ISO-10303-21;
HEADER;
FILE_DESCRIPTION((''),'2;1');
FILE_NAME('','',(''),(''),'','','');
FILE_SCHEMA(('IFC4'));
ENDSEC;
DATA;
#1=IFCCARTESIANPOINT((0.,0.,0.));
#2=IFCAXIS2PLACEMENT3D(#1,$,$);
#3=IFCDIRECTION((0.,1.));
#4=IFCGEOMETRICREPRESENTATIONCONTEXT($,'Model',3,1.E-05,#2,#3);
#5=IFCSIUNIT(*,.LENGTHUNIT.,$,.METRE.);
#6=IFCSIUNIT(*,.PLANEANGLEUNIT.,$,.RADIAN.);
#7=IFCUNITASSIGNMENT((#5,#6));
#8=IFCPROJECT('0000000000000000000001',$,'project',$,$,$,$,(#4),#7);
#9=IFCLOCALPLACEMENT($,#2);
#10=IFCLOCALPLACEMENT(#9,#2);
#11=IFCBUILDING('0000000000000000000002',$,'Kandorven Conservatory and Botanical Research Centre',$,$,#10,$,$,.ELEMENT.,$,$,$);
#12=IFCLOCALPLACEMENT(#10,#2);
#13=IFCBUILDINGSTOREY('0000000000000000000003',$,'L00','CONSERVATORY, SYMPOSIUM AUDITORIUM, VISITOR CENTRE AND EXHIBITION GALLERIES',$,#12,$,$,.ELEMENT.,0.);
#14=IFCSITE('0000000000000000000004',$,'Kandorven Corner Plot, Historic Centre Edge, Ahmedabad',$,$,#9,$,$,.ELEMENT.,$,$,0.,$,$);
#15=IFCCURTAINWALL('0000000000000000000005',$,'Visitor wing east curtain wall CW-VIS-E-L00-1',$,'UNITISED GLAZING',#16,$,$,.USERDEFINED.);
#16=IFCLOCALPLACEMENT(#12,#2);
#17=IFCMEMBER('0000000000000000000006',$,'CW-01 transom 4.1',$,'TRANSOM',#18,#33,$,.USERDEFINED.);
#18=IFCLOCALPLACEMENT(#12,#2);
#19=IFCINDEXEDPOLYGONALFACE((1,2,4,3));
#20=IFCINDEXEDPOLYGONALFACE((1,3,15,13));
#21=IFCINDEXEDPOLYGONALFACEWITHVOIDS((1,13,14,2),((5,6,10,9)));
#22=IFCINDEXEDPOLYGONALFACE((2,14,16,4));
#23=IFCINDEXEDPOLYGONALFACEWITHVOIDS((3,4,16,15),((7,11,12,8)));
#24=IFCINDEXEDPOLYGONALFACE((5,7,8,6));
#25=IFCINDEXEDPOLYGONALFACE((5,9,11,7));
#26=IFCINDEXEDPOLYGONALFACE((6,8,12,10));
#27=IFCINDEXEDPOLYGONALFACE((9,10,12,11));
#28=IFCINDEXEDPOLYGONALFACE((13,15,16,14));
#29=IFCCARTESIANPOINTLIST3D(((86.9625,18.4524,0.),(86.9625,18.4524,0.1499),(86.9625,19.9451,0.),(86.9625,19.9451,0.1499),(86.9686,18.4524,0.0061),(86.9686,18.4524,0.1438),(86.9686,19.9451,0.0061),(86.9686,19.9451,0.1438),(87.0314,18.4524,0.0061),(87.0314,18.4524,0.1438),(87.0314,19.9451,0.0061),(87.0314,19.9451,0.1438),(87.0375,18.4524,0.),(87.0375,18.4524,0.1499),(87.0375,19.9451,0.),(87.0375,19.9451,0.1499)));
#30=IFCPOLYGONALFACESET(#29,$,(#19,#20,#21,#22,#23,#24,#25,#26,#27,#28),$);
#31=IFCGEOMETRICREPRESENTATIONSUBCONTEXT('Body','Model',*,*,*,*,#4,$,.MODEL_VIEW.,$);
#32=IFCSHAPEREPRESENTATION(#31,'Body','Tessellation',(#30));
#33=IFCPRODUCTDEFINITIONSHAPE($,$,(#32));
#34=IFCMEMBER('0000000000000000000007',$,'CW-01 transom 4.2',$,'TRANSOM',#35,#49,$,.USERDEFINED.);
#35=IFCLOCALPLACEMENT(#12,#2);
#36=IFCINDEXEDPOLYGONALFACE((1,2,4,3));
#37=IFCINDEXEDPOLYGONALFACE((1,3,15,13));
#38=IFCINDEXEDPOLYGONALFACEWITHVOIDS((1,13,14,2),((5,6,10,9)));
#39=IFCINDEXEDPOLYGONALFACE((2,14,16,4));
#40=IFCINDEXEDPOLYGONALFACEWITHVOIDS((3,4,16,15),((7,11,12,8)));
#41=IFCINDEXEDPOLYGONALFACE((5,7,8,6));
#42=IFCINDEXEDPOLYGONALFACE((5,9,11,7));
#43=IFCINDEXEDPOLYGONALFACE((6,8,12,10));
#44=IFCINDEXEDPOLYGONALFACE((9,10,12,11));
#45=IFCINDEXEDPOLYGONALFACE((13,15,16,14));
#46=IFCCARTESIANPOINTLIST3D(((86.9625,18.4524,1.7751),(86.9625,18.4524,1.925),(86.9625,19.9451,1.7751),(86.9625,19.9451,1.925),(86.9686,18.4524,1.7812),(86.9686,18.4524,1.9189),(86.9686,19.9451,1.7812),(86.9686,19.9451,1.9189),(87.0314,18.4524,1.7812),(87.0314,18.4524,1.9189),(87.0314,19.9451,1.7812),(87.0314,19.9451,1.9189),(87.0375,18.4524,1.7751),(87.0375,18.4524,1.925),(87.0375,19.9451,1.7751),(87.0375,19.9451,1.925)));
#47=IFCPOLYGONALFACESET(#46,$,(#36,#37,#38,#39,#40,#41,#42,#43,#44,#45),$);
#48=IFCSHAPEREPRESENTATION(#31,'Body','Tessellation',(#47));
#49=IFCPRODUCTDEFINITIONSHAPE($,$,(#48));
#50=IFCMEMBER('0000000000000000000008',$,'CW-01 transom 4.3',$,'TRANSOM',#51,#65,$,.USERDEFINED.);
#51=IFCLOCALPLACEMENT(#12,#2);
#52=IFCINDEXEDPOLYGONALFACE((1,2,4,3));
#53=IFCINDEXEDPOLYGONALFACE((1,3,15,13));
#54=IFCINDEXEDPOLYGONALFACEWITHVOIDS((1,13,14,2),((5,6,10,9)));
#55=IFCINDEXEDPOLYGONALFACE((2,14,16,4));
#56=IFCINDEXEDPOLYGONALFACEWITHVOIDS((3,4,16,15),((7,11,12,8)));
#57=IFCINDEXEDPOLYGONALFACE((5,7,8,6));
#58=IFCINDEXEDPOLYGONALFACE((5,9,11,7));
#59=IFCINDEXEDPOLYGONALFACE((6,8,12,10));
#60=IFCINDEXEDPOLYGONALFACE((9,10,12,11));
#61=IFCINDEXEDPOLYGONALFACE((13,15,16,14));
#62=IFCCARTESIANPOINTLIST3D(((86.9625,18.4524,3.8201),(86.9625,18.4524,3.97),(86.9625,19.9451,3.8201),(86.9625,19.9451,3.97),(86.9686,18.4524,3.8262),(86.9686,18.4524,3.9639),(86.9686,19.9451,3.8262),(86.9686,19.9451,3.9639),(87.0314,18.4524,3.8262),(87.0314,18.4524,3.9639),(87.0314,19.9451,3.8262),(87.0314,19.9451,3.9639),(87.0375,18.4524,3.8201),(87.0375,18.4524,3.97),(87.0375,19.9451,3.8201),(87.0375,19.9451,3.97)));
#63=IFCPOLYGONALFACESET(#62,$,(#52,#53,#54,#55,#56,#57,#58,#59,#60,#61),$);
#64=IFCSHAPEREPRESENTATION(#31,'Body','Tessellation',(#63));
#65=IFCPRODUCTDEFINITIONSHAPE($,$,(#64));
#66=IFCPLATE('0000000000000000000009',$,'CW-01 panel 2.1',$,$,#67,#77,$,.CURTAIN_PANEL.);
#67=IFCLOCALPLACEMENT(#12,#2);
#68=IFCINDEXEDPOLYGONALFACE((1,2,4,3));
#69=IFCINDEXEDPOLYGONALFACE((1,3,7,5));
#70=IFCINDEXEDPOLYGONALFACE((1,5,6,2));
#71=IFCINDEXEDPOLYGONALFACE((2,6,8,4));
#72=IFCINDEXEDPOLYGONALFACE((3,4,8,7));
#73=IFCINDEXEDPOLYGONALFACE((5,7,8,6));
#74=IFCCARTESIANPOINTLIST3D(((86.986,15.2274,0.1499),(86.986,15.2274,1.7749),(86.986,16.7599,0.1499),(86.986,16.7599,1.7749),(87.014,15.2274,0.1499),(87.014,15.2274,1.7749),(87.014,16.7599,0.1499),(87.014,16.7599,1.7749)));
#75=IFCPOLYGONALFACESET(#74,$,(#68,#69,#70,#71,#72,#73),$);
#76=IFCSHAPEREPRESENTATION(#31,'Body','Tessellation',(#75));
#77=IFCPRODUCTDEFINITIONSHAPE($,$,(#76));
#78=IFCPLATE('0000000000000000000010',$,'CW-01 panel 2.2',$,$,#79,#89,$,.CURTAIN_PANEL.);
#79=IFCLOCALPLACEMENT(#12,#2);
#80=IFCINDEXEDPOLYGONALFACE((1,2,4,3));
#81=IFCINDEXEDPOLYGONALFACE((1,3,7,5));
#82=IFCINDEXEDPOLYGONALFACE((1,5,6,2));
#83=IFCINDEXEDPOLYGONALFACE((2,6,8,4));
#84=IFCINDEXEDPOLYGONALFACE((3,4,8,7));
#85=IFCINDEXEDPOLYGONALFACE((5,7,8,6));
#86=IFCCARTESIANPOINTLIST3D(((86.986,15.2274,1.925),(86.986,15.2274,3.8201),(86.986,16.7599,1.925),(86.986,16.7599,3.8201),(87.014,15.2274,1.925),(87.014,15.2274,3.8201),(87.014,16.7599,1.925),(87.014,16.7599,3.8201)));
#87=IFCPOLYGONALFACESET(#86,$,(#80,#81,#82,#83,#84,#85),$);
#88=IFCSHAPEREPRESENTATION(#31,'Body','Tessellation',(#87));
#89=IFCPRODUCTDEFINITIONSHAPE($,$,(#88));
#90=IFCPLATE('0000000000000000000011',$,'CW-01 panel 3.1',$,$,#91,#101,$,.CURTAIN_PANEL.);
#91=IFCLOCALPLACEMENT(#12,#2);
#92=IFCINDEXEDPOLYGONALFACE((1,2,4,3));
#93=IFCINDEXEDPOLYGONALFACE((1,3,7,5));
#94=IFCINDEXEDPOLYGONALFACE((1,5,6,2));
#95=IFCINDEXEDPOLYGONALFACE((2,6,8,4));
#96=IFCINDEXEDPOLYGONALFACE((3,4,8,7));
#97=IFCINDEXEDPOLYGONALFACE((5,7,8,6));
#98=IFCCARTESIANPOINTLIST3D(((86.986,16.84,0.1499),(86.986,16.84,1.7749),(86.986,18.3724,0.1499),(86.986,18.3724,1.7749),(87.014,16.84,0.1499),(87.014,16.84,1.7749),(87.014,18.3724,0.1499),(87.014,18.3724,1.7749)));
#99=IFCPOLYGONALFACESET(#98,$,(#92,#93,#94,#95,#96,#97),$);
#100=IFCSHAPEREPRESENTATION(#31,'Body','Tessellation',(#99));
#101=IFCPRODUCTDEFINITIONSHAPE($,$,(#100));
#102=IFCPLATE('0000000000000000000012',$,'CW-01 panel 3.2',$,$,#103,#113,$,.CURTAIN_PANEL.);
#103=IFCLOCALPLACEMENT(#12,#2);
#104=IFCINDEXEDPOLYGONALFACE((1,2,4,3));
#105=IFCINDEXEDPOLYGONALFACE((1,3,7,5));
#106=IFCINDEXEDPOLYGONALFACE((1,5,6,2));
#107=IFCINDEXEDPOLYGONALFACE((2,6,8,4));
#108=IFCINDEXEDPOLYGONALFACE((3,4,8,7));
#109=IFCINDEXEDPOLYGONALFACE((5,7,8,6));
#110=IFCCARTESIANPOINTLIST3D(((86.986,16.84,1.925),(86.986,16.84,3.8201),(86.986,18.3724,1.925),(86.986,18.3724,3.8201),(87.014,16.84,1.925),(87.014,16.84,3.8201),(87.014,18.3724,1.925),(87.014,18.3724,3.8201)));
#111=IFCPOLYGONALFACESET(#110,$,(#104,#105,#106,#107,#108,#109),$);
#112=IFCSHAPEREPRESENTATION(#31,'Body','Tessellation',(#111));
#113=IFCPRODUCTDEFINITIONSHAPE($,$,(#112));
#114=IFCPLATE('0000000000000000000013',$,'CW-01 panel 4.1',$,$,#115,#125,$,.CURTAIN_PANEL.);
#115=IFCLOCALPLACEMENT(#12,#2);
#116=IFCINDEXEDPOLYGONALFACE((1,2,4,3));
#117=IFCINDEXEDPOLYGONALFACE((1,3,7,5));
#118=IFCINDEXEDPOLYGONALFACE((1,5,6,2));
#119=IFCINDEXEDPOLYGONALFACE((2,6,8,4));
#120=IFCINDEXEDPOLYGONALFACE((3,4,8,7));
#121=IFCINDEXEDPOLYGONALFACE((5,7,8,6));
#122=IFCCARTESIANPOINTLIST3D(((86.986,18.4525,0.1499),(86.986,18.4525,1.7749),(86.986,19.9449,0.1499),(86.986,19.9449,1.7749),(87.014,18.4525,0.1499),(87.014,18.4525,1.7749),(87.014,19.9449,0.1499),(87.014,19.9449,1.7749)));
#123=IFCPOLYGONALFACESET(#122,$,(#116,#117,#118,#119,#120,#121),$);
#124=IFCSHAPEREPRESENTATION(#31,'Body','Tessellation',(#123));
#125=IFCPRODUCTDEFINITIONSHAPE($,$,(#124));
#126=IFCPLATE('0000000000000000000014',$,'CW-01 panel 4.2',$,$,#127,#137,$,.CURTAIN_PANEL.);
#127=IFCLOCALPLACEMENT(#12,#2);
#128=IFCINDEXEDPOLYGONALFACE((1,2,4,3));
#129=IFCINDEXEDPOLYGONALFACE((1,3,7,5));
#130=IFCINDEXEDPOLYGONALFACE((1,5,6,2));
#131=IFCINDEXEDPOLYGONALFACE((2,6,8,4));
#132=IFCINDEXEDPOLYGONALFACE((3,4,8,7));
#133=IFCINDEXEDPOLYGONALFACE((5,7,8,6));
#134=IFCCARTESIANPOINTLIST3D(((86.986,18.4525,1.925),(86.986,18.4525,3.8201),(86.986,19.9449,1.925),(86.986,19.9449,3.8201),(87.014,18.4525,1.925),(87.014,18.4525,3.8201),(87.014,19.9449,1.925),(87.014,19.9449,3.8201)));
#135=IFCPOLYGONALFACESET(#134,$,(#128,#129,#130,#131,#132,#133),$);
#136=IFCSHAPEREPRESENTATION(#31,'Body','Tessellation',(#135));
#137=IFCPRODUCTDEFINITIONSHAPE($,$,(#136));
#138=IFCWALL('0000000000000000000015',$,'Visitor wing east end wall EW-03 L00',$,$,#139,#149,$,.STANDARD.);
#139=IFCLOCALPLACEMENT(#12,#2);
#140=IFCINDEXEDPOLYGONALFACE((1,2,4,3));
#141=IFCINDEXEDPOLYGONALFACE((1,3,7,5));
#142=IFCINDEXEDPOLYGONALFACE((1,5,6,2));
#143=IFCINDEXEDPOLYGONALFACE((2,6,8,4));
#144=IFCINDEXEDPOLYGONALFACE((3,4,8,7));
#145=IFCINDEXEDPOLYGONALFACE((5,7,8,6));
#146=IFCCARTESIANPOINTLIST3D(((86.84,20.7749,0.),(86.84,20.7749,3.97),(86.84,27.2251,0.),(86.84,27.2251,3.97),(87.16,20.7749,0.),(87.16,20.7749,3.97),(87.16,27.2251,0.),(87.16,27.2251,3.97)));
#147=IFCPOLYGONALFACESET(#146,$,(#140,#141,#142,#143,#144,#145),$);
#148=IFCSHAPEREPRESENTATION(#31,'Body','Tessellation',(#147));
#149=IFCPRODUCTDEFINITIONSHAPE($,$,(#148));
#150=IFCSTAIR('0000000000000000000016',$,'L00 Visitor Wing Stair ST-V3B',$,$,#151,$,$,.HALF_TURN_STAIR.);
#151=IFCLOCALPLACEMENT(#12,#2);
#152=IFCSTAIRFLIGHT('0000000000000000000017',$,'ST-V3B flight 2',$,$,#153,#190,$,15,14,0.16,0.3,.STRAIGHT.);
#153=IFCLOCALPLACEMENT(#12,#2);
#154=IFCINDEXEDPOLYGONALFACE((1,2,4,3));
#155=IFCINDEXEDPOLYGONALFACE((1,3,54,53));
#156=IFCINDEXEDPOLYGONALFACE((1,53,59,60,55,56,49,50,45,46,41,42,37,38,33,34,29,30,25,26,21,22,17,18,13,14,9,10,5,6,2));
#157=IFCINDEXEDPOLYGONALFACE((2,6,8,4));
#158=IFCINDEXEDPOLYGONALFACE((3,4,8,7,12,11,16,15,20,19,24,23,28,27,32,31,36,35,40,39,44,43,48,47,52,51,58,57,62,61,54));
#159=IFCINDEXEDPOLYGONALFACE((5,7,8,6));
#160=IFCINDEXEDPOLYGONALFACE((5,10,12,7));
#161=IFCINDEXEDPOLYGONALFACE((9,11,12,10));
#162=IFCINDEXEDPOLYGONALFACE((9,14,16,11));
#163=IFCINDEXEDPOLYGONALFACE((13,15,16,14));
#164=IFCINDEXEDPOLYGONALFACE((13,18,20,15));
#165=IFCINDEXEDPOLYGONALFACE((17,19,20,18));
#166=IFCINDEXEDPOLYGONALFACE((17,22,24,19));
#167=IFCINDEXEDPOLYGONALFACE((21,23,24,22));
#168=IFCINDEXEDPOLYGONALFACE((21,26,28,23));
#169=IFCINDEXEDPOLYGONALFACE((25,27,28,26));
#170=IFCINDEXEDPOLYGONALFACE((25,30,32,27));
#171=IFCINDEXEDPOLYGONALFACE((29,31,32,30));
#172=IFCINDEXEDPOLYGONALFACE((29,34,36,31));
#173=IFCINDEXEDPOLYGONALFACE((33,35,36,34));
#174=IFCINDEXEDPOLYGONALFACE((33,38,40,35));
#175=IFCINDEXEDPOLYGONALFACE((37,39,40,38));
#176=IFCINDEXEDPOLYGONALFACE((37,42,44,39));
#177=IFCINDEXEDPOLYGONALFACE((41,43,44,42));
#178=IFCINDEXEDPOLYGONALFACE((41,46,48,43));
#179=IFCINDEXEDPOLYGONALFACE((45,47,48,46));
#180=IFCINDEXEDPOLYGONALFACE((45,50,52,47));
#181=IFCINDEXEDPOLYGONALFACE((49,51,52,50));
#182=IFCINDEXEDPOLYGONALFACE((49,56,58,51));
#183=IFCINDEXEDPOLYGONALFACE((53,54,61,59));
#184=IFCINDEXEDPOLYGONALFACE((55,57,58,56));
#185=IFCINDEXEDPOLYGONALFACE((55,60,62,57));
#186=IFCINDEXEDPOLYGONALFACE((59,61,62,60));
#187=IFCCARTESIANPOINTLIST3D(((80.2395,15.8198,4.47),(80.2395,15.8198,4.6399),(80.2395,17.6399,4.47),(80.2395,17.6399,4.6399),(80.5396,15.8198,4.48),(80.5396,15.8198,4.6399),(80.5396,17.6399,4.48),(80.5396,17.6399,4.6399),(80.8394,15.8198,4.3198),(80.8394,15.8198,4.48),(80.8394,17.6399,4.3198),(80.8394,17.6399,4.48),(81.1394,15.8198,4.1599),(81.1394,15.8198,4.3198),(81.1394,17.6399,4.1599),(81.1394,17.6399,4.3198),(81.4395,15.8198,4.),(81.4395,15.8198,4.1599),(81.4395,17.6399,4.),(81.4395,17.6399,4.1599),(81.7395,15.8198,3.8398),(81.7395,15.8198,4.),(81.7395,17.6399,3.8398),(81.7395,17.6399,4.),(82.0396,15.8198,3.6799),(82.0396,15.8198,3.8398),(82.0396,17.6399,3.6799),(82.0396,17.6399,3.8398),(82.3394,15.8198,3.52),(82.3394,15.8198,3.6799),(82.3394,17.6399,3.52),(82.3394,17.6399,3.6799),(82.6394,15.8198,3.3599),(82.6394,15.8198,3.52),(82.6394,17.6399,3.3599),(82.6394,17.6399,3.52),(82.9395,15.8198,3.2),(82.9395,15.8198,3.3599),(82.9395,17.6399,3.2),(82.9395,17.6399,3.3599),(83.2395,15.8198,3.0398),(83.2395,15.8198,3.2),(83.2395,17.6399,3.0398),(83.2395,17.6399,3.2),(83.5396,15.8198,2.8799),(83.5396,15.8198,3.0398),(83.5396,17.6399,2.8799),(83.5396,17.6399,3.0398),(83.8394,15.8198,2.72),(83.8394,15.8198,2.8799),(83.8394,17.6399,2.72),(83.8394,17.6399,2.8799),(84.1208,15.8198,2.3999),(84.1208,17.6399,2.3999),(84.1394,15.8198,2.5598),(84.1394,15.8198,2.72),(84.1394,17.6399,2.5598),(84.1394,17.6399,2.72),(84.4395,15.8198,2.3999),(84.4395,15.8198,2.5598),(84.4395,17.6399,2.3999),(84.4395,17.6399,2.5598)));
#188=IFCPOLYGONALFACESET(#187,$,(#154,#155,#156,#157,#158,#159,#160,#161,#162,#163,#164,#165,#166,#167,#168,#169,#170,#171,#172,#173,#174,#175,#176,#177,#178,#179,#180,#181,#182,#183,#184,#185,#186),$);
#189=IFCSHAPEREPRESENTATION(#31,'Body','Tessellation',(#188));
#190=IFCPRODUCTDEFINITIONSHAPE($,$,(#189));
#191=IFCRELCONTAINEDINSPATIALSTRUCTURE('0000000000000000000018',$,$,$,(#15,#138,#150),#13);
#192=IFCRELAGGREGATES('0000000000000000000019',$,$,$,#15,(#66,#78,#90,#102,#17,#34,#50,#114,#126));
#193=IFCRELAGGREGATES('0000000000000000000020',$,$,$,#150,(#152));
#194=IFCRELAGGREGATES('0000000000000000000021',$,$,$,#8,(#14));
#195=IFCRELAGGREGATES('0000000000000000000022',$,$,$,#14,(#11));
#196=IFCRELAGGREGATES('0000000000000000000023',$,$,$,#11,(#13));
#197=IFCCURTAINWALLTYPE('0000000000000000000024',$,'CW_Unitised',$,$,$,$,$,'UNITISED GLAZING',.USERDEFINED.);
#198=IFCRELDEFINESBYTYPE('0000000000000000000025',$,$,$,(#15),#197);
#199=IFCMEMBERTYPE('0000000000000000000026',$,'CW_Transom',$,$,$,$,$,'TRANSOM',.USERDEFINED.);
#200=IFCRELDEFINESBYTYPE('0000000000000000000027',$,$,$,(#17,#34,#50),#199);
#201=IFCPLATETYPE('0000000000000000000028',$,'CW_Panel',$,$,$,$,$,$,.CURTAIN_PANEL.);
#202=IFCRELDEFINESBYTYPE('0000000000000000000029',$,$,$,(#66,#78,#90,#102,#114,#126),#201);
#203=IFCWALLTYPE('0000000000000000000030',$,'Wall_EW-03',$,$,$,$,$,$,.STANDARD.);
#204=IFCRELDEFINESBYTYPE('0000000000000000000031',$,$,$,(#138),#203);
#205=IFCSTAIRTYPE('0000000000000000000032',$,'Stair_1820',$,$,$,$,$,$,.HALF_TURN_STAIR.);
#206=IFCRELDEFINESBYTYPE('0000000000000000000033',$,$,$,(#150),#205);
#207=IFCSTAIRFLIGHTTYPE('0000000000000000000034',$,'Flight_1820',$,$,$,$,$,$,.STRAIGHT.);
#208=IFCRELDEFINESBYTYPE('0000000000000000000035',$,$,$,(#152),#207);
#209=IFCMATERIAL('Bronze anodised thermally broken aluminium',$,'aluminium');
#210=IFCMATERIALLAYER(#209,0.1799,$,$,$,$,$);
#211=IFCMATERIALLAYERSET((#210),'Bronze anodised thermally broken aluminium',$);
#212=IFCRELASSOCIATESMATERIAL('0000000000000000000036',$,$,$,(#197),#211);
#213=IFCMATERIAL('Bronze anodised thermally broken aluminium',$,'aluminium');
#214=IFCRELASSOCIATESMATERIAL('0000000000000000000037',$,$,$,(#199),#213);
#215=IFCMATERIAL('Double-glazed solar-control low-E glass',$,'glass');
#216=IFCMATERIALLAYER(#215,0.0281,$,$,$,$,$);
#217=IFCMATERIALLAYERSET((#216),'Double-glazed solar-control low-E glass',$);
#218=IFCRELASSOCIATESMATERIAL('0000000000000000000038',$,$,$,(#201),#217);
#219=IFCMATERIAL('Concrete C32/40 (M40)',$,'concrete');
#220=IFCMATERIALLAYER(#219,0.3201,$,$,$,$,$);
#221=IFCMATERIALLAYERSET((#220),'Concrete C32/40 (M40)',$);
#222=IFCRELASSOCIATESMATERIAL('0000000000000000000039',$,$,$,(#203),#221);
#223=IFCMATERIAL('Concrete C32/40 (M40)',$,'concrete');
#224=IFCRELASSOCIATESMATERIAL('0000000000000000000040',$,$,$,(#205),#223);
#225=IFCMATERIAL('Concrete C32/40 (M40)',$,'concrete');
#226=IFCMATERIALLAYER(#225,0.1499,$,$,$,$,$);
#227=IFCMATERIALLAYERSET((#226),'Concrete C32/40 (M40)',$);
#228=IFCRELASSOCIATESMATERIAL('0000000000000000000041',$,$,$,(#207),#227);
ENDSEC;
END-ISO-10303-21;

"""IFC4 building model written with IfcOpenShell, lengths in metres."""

from ifc_helpers import new_model, si_unit, direction, frame, frame_2d, origin, origin_2d, place, context, subcontext, project, spatial, polyline, rectangle, hollow_rectangle, outline, extrude, material, layer, layer_set, material_profile, profile_set, type_object, element, aggregate, save


model = new_model("IFC4")

# Units and contexts
model_context = context("Model", 3, precision=1e-05, world=origin(), true_north=direction((0.0, 1.0)))
body_context = subcontext(model_context, "Body", "Model", "MODEL_VIEW")
ifc_project = project(units=[si_unit("LENGTHUNIT", "METRE"), si_unit("PLANEANGLEUNIT", "RADIAN")], contexts=[model_context])

# Site, building, storey
site_placement = place(None, origin())
site = spatial("IfcSite", under=ifc_project, at=site_placement, Name="Kandorven Corner Plot, Historic Centre Edge, Ahmedabad", CompositionType="ELEMENT", RefElevation=0.0)
building_placement = place(site_placement, origin())
building = spatial("IfcBuilding", under=site, at=building_placement, Name="Kandorven Conservatory and Botanical Research Centre", CompositionType="ELEMENT")
storey_placement = place(building_placement, origin())
storey = spatial("IfcBuildingStorey", under=building, at=storey_placement, Name="L00", Description="CONSERVATORY, SYMPOSIUM AUDITORIUM, VISITOR CENTRE AND EXHIBITION GALLERIES", CompositionType="ELEMENT", Elevation=0.0)

# Curtain wall, members, plates
ifc_material_1 = material(Name="Bronze anodised thermally broken aluminium", Category="aluminium")
ifc_layer_1 = layer(ifc_material_1, 0.1799)
ifc_layer_set_1 = layer_set([ifc_layer_1], Name="Bronze anodised thermally broken aluminium")
curtain_wall_type = type_object("IfcCurtainWallType", Name="CW_Unitised", ElementType="UNITISED GLAZING", PredefinedType="USERDEFINED", material=ifc_layer_set_1)
curtain_wall_placement = place(storey_placement, origin())
curtain_wall = element("IfcCurtainWall", 1, at=curtain_wall_placement, inside=storey, type_object=curtain_wall_type, Name="Visitor wing east curtain wall CW-VIS-E-L00-1", ObjectType="UNITISED GLAZING", PredefinedType="USERDEFINED")
ifc_material_2 = material(Name="Bronze anodised thermally broken aluminium", Category="aluminium")
ifc_material_profile_1 = material_profile(ifc_material_2, hollow_rectangle(XDim=0.075, YDim=0.1499, WallThickness=0.0061, at=origin_2d()))
ifc_profile_set_1 = profile_set([ifc_material_profile_1], Name="Bronze anodised thermally broken aluminium")
member_type_1 = type_object("IfcMemberType", Name="CW_Transom", ElementType="TRANSOM", PredefinedType="USERDEFINED", material=ifc_profile_set_1)
member_1_placement = place(storey_placement, frame((87.0, 18.4524, 0.075), z_axis=(0.0, 1.0, 0.0), x_axis=(-1.0, 0.0, 0.0)))
member_1 = element("IfcMember", 2, at=member_1_placement, type_object=member_type_1, Name="CW-01 transom 4.1", ObjectType="TRANSOM", PredefinedType="USERDEFINED", context=body_context, shape_type="SweptSolid", body=[
    extrude(hollow_rectangle(XDim=0.075, YDim=0.1499, WallThickness=0.0061, at=origin_2d()), origin(), (0.0, 0.0, 1.0), 1.4927),
])
member_2_placement = place(storey_placement, frame((87.0, 18.4524, 1.8501), z_axis=(0.0, 1.0, 0.0), x_axis=(-1.0, 0.0, 0.0)))
member_2 = element("IfcMember", 3, at=member_2_placement, type_object=member_type_1, Name="CW-01 transom 4.2", ObjectType="TRANSOM", PredefinedType="USERDEFINED", context=body_context, shape_type="SweptSolid", body=[
    extrude(hollow_rectangle(XDim=0.075, YDim=0.1499, WallThickness=0.0061, at=origin_2d()), origin(), (0.0, 0.0, 1.0), 1.4927),
])
member_3_placement = place(storey_placement, frame((87.0, 18.4524, 3.895), z_axis=(0.0, 1.0, 0.0), x_axis=(-1.0, 0.0, 0.0)))
member_3 = element("IfcMember", 4, at=member_3_placement, type_object=member_type_1, Name="CW-01 transom 4.3", ObjectType="TRANSOM", PredefinedType="USERDEFINED", context=body_context, shape_type="SweptSolid", body=[
    extrude(hollow_rectangle(XDim=0.075, YDim=0.1499, WallThickness=0.0061, at=origin_2d()), origin(), (0.0, 0.0, 1.0), 1.4927),
])
ifc_material_3 = material(Name="Double-glazed solar-control low-E glass", Category="glass")
ifc_layer_2 = layer(ifc_material_3, 0.0281)
ifc_layer_set_2 = layer_set([ifc_layer_2], Name="Double-glazed solar-control low-E glass")
plate_type = type_object("IfcPlateType", Name="CW_Panel", PredefinedType="CURTAIN_PANEL", material=ifc_layer_set_2)
plate_1_placement = place(storey_placement, frame((87.0, 15.9937, 0.1499), z_axis=(0.0, 0.0, 1.0), x_axis=(0.0, 1.0, 0.0)))
plate_1 = element("IfcPlate", 5, at=plate_1_placement, type_object=plate_type, Name="CW-01 panel 2.1", PredefinedType="CURTAIN_PANEL", context=body_context, shape_type="SweptSolid", body=[
    extrude(rectangle(XDim=1.5325, YDim=0.0281, at=origin_2d()), origin(), (0.0, 0.0, 1.0), 1.625),
])
plate_2_placement = place(storey_placement, frame((87.0, 15.9937, 1.925), z_axis=(0.0, 0.0, 1.0), x_axis=(0.0, 1.0, 0.0)))
plate_2 = element("IfcPlate", 6, at=plate_2_placement, type_object=plate_type, Name="CW-01 panel 2.2", PredefinedType="CURTAIN_PANEL", context=body_context, shape_type="SweptSolid", body=[
    extrude(rectangle(XDim=1.5325, YDim=0.0281, at=origin_2d()), origin(), (0.0, 0.0, 1.0), 1.895),
])
plate_3_placement = place(storey_placement, frame((87.0, 17.6062, 0.1499), z_axis=(0.0, 0.0, 1.0), x_axis=(0.0, 1.0, 0.0)))
plate_3 = element("IfcPlate", 7, at=plate_3_placement, type_object=plate_type, Name="CW-01 panel 3.1", PredefinedType="CURTAIN_PANEL", context=body_context, shape_type="SweptSolid", body=[
    extrude(rectangle(XDim=1.5325, YDim=0.0281, at=origin_2d()), origin(), (0.0, 0.0, 1.0), 1.625),
])
plate_4_placement = place(storey_placement, frame((87.0, 17.6062, 1.925), z_axis=(0.0, 0.0, 1.0), x_axis=(0.0, 1.0, 0.0)))
plate_4 = element("IfcPlate", 8, at=plate_4_placement, type_object=plate_type, Name="CW-01 panel 3.2", PredefinedType="CURTAIN_PANEL", context=body_context, shape_type="SweptSolid", body=[
    extrude(rectangle(XDim=1.5325, YDim=0.0281, at=origin_2d()), origin(), (0.0, 0.0, 1.0), 1.895),
])
plate_5_placement = place(storey_placement, frame((87.0, 19.1987, 0.1499), z_axis=(0.0, 0.0, 1.0), x_axis=(0.0, 1.0, 0.0)))
plate_5 = element("IfcPlate", 9, at=plate_5_placement, type_object=plate_type, Name="CW-01 panel 4.1", PredefinedType="CURTAIN_PANEL", context=body_context, shape_type="SweptSolid", body=[
    extrude(rectangle(XDim=1.4924, YDim=0.0281, at=origin_2d()), origin(), (0.0, 0.0, 1.0), 1.625),
])
plate_6_placement = place(storey_placement, frame((87.0, 19.1987, 1.925), z_axis=(0.0, 0.0, 1.0), x_axis=(0.0, 1.0, 0.0)))
plate_6 = element("IfcPlate", 10, at=plate_6_placement, type_object=plate_type, Name="CW-01 panel 4.2", PredefinedType="CURTAIN_PANEL", context=body_context, shape_type="SweptSolid", body=[
    extrude(rectangle(XDim=1.4924, YDim=0.0281, at=origin_2d()), origin(), (0.0, 0.0, 1.0), 1.895),
])
aggregate(curtain_wall, [plate_1, plate_2, plate_3, plate_4, member_1, member_2, member_3, plate_5, plate_6])

# Wall
ifc_material_4 = material(Name="Concrete C32/40 (M40)", Category="concrete")
ifc_layer_3 = layer(ifc_material_4, 0.3201)
ifc_layer_set_3 = layer_set([ifc_layer_3], Name="Concrete C32/40 (M40)")
wall_type = type_object("IfcWallType", Name="Wall_EW-03", PredefinedType="STANDARD", material=ifc_layer_set_3)
wall_placement = place(storey_placement, frame((87.0, 20.7749, 0.0), z_axis=(0.0, 0.0, 1.0), x_axis=(0.0, 1.0, 0.0)))
element("IfcWall", 11, at=wall_placement, inside=storey, type_object=wall_type, Name="Visitor wing east end wall EW-03 L00", PredefinedType="STANDARD", context=body_context, shape_type="SweptSolid", body=[
    extrude(rectangle(XDim=6.4502, YDim=0.3201, at=frame_2d((3.2251, 0.0))), origin(), (0.0, 0.0, 1.0), 3.97),
])

# Stair, stair flight
ifc_material_5 = material(Name="Concrete C32/40 (M40)", Category="concrete")
stair_type = type_object("IfcStairType", Name="Stair_1820", PredefinedType="HALF_TURN_STAIR", material=ifc_material_5)
stair_placement = place(storey_placement, origin())
stair = element("IfcStair", 12, at=stair_placement, inside=storey, type_object=stair_type, Name="L00 Visitor Wing Stair ST-V3B", PredefinedType="HALF_TURN_STAIR")
ifc_material_6 = material(Name="Concrete C32/40 (M40)", Category="concrete")
ifc_layer_4 = layer(ifc_material_6, 0.1499)
ifc_layer_set_4 = layer_set([ifc_layer_4], Name="Concrete C32/40 (M40)")
stair_flight_type = type_object("IfcStairFlightType", Name="Flight_1820", PredefinedType="STRAIGHT", material=ifc_layer_set_4)
stair_flight_placement = place(storey_placement, frame((84.4395, 16.73, 2.3999), z_axis=(0.0, 0.0, 1.0), x_axis=(-1.0, 0.0, 0.0)))
stair_flight = element("IfcStairFlight", 13, at=stair_flight_placement, type_object=stair_flight_type, Name="ST-V3B flight 2", NumberOfRisers=15, NumberOfTreads=14, PredefinedType="STRAIGHT", RiserHeight=0.16, TreadLength=0.3, context=body_context, shape_type="SweptSolid", body=[
    extrude(outline(polyline([(0.0, 0.0), (0.0, 0.1599), (0.3, 0.1599), (0.3, 0.3201), (0.6001, 0.3201), (0.6001, 0.48), (0.8999, 0.48), (0.8999, 0.6399), (1.2, 0.6399), (1.2, 0.8), (1.5, 0.8), (1.5, 0.96), (1.8, 0.96), (1.8, 1.1201), (2.1001, 1.1201), (2.1001, 1.28), (2.3999, 1.28), (2.3999, 1.4399), (2.7, 1.4399), (2.7, 1.6001), (3.0, 1.6001), (3.0, 1.76), (3.3, 1.76), (3.3, 1.9199), (3.6001, 1.9199), (3.6001, 2.0801), (3.8999, 2.0801), (3.8999, 2.24), (4.2, 2.24), (4.2, 2.3999), (4.2, 2.0701), (0.3186, 0.0), (0.0, 0.0)])), frame((0.0, 0.9102, 0.0), z_axis=(0.0, -1.0, 0.0), x_axis=(1.0, 0.0, 0.0)), (0.0, 0.0, 1.0), 1.8201),
])
aggregate(stair, [stair_flight])

save(model, "model.ifc")
